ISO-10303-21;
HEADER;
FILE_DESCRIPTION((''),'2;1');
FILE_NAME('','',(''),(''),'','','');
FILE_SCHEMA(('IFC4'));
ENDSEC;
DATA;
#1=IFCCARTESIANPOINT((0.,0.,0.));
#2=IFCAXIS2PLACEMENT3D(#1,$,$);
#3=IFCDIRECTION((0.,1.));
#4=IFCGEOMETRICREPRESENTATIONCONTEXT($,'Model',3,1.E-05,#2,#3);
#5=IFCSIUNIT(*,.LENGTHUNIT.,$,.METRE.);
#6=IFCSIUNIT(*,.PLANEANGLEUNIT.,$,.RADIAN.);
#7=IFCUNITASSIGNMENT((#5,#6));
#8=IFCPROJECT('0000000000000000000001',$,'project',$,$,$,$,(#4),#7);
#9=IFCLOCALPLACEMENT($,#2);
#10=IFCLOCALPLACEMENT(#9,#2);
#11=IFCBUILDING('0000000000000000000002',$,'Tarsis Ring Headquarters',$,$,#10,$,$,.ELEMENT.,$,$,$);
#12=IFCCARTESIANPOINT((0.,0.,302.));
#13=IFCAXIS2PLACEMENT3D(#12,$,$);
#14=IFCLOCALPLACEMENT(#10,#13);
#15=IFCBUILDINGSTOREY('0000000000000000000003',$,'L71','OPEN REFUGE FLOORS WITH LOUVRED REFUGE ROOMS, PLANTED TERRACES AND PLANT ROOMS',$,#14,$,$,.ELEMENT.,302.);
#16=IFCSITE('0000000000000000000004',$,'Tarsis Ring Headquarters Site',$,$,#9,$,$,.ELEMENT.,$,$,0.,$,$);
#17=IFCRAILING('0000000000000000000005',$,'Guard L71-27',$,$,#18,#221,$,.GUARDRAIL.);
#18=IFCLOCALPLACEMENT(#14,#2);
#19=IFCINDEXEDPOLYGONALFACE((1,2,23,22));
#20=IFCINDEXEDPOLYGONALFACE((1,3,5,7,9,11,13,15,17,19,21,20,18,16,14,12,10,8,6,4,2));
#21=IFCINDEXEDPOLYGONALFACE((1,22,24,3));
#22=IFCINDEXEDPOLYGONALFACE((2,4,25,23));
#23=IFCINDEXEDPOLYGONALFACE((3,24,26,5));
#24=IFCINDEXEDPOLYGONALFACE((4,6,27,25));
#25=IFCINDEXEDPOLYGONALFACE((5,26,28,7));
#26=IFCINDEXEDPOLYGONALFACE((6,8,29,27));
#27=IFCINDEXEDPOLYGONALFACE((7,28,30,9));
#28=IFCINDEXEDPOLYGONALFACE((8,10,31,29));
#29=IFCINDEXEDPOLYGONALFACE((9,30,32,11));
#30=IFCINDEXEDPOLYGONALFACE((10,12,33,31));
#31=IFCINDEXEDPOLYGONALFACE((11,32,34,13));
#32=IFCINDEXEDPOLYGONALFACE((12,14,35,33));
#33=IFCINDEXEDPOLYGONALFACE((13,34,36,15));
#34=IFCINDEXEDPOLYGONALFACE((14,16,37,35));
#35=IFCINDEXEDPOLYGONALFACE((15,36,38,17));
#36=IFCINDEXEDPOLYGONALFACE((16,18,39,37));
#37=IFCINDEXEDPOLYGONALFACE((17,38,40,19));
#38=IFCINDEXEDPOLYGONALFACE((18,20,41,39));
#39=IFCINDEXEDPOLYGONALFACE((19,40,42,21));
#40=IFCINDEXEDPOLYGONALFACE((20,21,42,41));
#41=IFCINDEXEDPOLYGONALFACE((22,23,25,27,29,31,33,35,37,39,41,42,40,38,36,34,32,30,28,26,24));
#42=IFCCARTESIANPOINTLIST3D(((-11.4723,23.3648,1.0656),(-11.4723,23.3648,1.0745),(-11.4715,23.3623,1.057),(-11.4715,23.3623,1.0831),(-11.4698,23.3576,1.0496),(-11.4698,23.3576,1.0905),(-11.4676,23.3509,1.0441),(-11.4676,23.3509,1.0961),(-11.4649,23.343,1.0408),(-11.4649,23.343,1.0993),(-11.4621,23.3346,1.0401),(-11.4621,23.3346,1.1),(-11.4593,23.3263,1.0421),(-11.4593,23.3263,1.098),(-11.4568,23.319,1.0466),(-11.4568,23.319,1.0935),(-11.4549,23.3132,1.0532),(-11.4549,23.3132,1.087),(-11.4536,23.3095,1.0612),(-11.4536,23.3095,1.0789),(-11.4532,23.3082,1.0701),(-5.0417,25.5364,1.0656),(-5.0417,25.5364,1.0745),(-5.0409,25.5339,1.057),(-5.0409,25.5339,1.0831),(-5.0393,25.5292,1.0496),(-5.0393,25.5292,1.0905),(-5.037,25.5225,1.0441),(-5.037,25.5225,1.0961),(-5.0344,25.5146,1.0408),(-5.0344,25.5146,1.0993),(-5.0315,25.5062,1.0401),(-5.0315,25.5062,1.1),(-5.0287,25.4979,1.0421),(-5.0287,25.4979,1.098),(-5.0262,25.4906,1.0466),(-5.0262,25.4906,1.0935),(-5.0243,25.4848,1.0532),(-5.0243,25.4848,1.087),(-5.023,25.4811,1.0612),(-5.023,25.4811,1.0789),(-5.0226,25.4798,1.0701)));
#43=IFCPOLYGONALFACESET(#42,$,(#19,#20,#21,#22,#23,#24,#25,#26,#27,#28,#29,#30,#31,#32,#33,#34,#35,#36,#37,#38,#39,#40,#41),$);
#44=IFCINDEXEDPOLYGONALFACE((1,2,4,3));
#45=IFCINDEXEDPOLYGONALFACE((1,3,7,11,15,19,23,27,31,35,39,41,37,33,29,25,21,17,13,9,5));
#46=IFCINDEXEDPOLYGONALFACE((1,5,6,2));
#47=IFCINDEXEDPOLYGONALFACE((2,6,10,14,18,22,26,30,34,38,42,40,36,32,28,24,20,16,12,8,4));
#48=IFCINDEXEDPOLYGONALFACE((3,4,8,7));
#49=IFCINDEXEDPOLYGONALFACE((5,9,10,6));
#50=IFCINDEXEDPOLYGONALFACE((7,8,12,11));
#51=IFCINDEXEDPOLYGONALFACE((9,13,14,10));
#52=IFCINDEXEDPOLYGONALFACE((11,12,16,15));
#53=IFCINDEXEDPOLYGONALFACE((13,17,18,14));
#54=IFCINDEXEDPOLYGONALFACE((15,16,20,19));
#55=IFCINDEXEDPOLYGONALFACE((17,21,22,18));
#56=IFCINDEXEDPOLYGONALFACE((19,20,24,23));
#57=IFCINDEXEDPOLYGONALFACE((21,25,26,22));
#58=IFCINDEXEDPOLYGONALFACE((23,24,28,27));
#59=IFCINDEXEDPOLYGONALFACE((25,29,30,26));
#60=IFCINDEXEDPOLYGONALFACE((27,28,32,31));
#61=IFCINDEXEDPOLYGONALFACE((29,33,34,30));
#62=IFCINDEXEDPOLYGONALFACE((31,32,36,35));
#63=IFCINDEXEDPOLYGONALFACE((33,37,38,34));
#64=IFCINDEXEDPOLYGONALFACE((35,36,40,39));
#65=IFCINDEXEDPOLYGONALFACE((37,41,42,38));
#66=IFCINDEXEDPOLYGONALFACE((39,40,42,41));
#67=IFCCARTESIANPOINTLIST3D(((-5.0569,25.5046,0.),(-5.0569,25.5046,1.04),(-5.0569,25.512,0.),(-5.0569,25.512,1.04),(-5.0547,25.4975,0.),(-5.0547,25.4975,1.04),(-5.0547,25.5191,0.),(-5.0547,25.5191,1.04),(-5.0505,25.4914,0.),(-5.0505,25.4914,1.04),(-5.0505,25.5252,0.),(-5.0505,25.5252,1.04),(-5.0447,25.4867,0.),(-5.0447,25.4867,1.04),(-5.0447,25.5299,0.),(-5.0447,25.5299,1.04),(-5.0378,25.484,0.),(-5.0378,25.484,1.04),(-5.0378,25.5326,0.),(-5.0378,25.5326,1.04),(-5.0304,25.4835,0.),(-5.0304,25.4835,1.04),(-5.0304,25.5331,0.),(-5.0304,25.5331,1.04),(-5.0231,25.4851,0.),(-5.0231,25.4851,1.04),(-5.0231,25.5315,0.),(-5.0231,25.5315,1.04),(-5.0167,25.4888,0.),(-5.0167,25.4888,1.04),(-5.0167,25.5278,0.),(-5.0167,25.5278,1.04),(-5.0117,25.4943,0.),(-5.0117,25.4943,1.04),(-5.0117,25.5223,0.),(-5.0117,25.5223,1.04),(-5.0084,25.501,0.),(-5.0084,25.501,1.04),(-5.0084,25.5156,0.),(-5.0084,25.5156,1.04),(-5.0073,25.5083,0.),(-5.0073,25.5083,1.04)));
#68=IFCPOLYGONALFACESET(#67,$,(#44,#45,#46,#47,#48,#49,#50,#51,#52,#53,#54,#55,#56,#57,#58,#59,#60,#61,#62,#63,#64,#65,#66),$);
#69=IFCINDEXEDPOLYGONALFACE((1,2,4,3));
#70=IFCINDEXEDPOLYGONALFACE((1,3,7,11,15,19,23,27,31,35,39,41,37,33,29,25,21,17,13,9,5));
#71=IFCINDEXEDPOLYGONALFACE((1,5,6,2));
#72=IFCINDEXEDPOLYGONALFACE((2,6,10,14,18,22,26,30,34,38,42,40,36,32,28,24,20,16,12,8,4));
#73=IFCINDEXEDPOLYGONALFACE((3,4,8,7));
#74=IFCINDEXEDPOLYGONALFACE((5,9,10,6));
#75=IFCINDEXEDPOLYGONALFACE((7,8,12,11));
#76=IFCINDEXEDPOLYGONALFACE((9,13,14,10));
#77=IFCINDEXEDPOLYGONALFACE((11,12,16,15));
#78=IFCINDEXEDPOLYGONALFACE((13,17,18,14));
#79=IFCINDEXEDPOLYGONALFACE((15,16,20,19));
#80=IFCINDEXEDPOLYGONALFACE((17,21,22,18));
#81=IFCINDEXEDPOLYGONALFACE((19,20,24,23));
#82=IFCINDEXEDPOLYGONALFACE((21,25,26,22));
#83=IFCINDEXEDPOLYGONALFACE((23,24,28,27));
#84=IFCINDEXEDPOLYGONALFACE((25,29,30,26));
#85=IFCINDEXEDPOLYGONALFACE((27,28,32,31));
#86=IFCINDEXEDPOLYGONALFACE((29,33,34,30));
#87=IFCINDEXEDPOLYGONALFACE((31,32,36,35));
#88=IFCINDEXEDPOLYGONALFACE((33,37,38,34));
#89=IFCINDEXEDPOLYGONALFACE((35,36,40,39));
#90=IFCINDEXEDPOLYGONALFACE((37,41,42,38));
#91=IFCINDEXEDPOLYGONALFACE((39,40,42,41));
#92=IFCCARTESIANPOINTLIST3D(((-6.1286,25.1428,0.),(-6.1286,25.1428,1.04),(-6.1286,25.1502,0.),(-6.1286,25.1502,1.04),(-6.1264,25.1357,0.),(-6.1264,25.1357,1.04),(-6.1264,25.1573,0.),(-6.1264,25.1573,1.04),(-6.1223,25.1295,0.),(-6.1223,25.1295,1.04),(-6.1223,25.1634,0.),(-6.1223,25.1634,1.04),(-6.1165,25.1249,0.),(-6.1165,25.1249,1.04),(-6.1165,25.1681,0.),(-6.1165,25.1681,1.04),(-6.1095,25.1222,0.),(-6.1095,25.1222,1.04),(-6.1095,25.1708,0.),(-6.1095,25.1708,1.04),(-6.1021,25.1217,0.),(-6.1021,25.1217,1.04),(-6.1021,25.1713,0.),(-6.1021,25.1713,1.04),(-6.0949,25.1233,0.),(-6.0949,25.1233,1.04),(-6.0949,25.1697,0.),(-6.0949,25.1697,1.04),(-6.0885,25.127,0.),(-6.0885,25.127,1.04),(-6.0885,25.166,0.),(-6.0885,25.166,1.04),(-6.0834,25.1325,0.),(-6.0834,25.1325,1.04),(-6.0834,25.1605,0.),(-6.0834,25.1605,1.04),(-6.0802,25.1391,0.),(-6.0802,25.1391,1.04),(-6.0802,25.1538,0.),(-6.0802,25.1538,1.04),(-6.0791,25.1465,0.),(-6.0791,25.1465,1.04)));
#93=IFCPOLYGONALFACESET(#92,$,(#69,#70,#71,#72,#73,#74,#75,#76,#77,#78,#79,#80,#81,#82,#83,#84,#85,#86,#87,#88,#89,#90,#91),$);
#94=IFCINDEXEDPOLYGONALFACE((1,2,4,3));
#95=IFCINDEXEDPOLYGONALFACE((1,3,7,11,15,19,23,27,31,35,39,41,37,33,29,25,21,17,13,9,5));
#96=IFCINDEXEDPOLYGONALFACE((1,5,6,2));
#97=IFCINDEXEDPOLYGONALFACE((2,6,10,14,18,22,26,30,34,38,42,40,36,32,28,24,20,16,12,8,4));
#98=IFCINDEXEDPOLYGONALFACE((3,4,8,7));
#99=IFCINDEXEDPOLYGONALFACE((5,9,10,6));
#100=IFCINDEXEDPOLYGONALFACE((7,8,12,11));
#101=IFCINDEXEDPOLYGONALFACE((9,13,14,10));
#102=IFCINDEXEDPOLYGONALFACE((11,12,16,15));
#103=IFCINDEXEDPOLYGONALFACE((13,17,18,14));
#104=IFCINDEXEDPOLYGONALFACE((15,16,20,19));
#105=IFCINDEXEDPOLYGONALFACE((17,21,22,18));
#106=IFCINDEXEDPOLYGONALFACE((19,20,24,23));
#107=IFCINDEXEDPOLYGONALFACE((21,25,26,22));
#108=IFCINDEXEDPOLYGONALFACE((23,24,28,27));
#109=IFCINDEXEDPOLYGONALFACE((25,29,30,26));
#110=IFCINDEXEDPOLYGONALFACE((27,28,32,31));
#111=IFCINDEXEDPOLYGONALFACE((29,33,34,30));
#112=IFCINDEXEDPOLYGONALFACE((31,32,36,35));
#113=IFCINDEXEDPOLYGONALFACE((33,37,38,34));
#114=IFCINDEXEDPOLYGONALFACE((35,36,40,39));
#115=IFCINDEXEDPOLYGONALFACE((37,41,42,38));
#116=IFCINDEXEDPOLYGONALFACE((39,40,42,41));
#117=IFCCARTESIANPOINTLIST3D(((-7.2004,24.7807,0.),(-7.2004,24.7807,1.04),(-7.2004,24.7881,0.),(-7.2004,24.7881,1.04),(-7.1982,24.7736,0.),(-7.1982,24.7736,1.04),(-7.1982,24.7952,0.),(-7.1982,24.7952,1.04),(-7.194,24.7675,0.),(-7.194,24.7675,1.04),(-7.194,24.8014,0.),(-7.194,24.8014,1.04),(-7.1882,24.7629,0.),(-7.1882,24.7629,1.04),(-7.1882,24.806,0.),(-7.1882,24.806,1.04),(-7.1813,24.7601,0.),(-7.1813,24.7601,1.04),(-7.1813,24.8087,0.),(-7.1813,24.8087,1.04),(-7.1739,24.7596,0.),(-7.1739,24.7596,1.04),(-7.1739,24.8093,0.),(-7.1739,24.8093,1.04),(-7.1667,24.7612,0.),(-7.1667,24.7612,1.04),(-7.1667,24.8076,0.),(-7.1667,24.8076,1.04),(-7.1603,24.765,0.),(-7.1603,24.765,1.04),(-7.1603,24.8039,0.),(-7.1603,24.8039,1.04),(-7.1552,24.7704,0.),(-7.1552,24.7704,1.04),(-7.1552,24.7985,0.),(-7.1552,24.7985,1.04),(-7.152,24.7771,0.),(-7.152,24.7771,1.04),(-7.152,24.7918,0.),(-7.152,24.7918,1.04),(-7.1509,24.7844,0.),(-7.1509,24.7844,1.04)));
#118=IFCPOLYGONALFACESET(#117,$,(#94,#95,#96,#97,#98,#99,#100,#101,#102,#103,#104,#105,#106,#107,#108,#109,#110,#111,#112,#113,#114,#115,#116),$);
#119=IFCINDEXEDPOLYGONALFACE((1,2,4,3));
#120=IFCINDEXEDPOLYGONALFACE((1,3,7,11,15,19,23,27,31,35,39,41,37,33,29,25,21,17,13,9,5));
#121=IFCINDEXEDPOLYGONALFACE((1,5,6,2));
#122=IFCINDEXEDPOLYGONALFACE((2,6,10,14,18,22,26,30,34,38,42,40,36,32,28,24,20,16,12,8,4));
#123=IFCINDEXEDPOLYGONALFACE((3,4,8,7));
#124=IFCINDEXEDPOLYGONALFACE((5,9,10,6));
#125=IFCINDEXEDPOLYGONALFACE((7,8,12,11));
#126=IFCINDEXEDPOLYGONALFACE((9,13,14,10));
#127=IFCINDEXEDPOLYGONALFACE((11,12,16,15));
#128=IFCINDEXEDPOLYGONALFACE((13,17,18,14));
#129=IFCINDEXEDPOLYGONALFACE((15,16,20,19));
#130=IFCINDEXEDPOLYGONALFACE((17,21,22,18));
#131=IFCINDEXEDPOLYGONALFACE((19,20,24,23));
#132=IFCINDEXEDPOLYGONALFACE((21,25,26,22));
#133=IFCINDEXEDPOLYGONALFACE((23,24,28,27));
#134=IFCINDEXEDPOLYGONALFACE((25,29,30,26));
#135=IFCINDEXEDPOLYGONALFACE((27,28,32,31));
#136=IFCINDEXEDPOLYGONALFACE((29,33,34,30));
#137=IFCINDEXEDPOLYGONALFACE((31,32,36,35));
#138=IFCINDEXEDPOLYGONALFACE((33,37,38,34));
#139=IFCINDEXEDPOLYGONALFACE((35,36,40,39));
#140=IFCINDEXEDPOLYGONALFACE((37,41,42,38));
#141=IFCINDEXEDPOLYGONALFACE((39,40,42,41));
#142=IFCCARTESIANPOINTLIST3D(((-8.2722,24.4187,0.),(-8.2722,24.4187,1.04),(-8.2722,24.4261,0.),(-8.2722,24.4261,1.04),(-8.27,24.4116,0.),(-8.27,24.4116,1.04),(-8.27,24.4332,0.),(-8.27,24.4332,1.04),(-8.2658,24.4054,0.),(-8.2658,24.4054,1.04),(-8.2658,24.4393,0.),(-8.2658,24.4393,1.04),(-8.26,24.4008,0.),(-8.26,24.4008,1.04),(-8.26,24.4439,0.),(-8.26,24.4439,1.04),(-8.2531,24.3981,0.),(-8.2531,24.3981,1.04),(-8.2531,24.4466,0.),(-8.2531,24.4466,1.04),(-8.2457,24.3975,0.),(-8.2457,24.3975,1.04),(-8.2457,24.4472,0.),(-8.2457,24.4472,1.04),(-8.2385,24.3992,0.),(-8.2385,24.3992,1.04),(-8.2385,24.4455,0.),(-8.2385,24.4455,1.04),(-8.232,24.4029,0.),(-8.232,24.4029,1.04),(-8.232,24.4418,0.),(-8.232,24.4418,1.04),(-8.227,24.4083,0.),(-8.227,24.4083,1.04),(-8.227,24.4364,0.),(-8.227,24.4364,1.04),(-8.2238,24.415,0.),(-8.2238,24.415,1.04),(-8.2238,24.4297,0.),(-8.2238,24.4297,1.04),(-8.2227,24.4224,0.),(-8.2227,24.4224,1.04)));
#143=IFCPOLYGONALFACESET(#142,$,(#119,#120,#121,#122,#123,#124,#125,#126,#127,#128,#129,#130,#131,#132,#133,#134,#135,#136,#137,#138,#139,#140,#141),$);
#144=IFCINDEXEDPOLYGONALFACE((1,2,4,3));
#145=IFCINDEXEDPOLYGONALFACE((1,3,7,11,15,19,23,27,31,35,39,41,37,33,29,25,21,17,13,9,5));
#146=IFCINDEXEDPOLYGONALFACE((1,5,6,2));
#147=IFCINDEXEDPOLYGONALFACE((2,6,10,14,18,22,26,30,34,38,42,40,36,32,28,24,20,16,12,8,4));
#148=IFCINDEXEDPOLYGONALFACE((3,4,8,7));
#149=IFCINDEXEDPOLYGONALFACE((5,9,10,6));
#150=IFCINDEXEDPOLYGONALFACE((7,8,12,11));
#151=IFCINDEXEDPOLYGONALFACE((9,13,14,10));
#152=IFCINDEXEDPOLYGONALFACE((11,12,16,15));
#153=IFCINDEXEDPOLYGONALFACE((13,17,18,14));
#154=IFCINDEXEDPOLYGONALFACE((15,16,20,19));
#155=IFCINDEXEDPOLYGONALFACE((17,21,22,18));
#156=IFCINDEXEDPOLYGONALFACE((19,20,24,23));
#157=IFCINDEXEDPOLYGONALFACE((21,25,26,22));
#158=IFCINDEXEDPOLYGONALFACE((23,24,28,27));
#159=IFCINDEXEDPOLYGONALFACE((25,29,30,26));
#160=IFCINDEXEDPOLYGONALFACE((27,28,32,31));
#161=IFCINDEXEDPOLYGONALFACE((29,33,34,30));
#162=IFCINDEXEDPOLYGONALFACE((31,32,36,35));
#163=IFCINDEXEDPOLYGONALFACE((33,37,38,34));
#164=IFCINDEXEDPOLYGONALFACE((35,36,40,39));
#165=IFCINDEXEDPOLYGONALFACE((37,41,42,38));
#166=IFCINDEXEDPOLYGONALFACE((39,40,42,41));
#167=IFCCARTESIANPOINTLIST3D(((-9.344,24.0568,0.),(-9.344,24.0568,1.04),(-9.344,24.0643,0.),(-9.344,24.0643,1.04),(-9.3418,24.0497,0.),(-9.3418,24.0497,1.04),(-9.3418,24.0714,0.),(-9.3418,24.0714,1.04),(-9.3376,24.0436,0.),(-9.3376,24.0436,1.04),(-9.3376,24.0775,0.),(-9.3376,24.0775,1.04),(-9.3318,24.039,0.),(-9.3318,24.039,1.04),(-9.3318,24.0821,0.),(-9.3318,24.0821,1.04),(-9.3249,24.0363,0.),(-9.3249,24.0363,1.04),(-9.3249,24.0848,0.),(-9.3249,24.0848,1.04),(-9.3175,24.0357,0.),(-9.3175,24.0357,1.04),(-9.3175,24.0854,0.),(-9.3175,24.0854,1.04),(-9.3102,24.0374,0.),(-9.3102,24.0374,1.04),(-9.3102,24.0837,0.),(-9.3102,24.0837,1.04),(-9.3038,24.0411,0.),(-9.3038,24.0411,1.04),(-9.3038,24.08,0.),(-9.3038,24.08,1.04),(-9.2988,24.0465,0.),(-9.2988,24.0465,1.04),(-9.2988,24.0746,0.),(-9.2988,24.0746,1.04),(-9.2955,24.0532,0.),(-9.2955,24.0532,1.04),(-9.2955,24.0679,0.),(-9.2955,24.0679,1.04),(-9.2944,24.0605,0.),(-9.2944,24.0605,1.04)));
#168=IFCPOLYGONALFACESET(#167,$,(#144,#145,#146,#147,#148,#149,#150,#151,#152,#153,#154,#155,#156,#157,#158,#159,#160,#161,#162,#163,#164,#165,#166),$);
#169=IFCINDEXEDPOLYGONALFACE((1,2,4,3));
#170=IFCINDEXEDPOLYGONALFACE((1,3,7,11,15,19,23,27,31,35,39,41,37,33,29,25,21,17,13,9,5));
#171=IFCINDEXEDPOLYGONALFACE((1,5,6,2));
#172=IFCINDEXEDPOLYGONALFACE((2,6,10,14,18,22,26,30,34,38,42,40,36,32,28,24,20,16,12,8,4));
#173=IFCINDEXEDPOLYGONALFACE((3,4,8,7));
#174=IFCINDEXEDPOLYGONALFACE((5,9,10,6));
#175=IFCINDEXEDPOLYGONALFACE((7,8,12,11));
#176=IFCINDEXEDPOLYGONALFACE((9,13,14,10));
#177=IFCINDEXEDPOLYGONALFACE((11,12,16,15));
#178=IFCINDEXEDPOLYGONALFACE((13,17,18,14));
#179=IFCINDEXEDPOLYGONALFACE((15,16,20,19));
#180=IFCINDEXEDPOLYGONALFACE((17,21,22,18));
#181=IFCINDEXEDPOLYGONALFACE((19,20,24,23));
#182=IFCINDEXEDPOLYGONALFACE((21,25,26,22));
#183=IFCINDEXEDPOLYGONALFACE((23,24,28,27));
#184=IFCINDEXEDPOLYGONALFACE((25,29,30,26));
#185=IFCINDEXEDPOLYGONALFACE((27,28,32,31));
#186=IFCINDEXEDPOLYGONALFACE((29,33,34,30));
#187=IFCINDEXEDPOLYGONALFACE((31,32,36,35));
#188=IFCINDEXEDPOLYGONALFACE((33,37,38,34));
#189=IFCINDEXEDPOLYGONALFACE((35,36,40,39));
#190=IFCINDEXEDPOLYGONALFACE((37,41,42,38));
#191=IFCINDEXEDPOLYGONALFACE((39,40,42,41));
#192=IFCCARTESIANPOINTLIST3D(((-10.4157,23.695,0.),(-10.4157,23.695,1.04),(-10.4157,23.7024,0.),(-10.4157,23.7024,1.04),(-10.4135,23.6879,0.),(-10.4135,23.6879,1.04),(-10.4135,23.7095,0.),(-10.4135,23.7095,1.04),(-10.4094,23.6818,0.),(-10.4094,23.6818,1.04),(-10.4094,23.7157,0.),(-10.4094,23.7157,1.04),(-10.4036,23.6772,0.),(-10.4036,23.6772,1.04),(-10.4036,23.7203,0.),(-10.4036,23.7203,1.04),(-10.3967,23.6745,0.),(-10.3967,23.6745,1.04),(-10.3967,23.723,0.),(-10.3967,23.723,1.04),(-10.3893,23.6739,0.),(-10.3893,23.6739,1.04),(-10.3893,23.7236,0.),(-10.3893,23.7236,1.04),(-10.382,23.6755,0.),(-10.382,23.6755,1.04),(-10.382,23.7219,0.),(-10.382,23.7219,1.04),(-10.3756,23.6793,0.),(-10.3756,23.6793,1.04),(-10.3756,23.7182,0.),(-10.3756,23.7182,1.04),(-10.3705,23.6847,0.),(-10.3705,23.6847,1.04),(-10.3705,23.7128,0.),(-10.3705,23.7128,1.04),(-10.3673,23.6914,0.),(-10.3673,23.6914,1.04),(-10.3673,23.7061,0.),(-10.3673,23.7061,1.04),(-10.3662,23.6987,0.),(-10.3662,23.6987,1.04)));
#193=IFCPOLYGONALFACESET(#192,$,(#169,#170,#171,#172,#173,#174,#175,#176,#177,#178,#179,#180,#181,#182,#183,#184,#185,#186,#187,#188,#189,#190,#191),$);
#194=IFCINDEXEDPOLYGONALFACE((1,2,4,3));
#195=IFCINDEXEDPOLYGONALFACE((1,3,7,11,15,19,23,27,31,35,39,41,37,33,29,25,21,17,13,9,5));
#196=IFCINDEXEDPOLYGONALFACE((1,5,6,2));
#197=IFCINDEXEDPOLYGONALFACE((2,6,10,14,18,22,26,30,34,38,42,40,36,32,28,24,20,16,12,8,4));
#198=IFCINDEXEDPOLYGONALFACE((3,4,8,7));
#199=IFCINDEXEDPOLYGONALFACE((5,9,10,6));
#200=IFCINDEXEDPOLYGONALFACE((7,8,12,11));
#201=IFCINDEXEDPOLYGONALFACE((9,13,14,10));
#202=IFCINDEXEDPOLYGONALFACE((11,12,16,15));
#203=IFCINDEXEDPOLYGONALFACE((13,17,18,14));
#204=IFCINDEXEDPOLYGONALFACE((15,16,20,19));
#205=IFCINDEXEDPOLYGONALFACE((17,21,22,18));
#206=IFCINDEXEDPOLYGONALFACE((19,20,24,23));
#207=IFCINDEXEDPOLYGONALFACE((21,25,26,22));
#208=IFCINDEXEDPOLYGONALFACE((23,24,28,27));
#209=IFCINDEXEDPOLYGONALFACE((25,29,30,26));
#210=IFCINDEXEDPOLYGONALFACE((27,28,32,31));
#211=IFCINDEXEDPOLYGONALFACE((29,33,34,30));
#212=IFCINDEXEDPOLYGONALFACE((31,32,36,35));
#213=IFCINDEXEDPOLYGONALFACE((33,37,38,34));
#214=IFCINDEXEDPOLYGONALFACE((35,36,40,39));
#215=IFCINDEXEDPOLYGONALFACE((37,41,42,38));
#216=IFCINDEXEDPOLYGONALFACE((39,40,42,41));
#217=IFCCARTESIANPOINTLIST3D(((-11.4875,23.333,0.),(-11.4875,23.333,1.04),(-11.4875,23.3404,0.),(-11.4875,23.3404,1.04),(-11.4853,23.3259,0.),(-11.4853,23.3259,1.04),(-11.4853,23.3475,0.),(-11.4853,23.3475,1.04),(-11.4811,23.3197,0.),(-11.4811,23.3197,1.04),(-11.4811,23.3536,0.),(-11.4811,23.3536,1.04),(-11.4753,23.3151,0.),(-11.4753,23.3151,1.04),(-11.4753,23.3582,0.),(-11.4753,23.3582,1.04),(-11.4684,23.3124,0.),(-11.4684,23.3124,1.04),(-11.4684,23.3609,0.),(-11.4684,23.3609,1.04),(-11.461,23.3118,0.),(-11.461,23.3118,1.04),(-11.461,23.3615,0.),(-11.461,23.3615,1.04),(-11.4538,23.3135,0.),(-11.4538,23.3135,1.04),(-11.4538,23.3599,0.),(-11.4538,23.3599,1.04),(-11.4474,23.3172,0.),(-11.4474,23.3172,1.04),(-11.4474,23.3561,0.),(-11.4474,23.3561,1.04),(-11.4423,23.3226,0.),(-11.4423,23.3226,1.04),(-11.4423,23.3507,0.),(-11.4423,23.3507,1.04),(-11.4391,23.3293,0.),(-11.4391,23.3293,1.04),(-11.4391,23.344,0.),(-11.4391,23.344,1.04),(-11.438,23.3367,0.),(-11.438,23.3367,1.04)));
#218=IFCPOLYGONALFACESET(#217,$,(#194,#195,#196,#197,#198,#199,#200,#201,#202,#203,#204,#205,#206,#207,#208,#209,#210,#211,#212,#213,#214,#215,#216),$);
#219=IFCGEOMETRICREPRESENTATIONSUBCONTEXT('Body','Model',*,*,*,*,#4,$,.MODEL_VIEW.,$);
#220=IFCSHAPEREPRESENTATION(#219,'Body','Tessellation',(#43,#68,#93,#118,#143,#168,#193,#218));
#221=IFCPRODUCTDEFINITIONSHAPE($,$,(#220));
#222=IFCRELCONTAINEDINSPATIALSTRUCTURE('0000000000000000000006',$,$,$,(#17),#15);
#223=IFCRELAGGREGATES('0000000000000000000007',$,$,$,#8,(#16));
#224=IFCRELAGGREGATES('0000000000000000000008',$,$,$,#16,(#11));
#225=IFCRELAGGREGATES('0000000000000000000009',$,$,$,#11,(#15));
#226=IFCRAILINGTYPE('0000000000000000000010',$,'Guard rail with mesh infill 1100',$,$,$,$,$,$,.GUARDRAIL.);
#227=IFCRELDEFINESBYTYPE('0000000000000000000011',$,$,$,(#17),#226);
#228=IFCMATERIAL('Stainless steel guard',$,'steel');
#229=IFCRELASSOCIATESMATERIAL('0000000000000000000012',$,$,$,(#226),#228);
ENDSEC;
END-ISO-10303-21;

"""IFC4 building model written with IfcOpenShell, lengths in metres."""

from ifc_helpers import new_model, si_unit, direction, frame, origin, origin_2d, place, context, subcontext, project, spatial, circle, extrude, material, type_object, element, save


model = new_model("IFC4")

# Units and contexts
model_context = context("Model", 3, precision=1e-05, world=origin(), true_north=direction((0.0, 1.0)))
body_context = subcontext(model_context, "Body", "Model", "MODEL_VIEW")
ifc_project = project(units=[si_unit("LENGTHUNIT", "METRE"), si_unit("PLANEANGLEUNIT", "RADIAN")], contexts=[model_context])

# Site, building, storey
site_placement = place(None, origin())
site = spatial("IfcSite", under=ifc_project, at=site_placement, Name="Tarsis Ring Headquarters Site", CompositionType="ELEMENT", RefElevation=0.0)
building_placement = place(site_placement, origin())
building = spatial("IfcBuilding", under=site, at=building_placement, Name="Tarsis Ring Headquarters", CompositionType="ELEMENT")
storey_placement = place(building_placement, frame((0.0, 0.0, 302.0)))
storey = spatial("IfcBuildingStorey", under=building, at=storey_placement, Name="L71", Description="OPEN REFUGE FLOORS WITH LOUVRED REFUGE ROOMS, PLANTED TERRACES AND PLANT ROOMS", CompositionType="ELEMENT", Elevation=302.0)

# Railing
ifc_material_1 = material(Name="Stainless steel guard", Category="steel")
railing_type = type_object("IfcRailingType", Name="Guard rail with mesh infill 1100", PredefinedType="GUARDRAIL", material=ifc_material_1)
railing_1_placement = place(storey_placement, frame((-5.0322, 25.5083, 0.0)))
element("IfcRailing", 1, at=railing_1_placement, inside=storey, type_object=railing_type, Name="Guard L71-27", PredefinedType="GUARDRAIL", context=body_context, shape_type="SweptSolid", body=[
    extrude(circle(Radius=0.03, at=origin_2d()), frame((0.0, 0.0, 1.0701), z_axis=(-0.947435, -0.319948, 0.0), x_axis=(0.319948, -0.947435, 0.0)), (0.0, 0.0, 1.0), 6.7874),
    extrude(circle(Radius=0.0249, at=origin_2d()), origin(), (0.0, 0.0, 1.0), 1.04),
    extrude(circle(Radius=0.0249, at=origin_2d()), frame((-1.0718, -0.3618, 0.0)), (0.0, 0.0, 1.0), 1.04),
    extrude(circle(Radius=0.0249, at=origin_2d()), frame((-2.1436, -0.7239, 0.0)), (0.0, 0.0, 1.0), 1.04),
    extrude(circle(Radius=0.0249, at=origin_2d()), frame((-3.2153, -1.0859, 0.0)), (0.0, 0.0, 1.0), 1.04),
    extrude(circle(Radius=0.0249, at=origin_2d()), frame((-4.2871, -1.4478, 0.0)), (0.0, 0.0, 1.0), 1.04),
    extrude(circle(Radius=0.0249, at=origin_2d()), frame((-5.3589, -1.8096, 0.0)), (0.0, 0.0, 1.0), 1.04),
    extrude(circle(Radius=0.0249, at=origin_2d()), frame((-6.4307, -2.1716, 0.0)), (0.0, 0.0, 1.0), 1.04),
])

save(model, "model.ifc")
